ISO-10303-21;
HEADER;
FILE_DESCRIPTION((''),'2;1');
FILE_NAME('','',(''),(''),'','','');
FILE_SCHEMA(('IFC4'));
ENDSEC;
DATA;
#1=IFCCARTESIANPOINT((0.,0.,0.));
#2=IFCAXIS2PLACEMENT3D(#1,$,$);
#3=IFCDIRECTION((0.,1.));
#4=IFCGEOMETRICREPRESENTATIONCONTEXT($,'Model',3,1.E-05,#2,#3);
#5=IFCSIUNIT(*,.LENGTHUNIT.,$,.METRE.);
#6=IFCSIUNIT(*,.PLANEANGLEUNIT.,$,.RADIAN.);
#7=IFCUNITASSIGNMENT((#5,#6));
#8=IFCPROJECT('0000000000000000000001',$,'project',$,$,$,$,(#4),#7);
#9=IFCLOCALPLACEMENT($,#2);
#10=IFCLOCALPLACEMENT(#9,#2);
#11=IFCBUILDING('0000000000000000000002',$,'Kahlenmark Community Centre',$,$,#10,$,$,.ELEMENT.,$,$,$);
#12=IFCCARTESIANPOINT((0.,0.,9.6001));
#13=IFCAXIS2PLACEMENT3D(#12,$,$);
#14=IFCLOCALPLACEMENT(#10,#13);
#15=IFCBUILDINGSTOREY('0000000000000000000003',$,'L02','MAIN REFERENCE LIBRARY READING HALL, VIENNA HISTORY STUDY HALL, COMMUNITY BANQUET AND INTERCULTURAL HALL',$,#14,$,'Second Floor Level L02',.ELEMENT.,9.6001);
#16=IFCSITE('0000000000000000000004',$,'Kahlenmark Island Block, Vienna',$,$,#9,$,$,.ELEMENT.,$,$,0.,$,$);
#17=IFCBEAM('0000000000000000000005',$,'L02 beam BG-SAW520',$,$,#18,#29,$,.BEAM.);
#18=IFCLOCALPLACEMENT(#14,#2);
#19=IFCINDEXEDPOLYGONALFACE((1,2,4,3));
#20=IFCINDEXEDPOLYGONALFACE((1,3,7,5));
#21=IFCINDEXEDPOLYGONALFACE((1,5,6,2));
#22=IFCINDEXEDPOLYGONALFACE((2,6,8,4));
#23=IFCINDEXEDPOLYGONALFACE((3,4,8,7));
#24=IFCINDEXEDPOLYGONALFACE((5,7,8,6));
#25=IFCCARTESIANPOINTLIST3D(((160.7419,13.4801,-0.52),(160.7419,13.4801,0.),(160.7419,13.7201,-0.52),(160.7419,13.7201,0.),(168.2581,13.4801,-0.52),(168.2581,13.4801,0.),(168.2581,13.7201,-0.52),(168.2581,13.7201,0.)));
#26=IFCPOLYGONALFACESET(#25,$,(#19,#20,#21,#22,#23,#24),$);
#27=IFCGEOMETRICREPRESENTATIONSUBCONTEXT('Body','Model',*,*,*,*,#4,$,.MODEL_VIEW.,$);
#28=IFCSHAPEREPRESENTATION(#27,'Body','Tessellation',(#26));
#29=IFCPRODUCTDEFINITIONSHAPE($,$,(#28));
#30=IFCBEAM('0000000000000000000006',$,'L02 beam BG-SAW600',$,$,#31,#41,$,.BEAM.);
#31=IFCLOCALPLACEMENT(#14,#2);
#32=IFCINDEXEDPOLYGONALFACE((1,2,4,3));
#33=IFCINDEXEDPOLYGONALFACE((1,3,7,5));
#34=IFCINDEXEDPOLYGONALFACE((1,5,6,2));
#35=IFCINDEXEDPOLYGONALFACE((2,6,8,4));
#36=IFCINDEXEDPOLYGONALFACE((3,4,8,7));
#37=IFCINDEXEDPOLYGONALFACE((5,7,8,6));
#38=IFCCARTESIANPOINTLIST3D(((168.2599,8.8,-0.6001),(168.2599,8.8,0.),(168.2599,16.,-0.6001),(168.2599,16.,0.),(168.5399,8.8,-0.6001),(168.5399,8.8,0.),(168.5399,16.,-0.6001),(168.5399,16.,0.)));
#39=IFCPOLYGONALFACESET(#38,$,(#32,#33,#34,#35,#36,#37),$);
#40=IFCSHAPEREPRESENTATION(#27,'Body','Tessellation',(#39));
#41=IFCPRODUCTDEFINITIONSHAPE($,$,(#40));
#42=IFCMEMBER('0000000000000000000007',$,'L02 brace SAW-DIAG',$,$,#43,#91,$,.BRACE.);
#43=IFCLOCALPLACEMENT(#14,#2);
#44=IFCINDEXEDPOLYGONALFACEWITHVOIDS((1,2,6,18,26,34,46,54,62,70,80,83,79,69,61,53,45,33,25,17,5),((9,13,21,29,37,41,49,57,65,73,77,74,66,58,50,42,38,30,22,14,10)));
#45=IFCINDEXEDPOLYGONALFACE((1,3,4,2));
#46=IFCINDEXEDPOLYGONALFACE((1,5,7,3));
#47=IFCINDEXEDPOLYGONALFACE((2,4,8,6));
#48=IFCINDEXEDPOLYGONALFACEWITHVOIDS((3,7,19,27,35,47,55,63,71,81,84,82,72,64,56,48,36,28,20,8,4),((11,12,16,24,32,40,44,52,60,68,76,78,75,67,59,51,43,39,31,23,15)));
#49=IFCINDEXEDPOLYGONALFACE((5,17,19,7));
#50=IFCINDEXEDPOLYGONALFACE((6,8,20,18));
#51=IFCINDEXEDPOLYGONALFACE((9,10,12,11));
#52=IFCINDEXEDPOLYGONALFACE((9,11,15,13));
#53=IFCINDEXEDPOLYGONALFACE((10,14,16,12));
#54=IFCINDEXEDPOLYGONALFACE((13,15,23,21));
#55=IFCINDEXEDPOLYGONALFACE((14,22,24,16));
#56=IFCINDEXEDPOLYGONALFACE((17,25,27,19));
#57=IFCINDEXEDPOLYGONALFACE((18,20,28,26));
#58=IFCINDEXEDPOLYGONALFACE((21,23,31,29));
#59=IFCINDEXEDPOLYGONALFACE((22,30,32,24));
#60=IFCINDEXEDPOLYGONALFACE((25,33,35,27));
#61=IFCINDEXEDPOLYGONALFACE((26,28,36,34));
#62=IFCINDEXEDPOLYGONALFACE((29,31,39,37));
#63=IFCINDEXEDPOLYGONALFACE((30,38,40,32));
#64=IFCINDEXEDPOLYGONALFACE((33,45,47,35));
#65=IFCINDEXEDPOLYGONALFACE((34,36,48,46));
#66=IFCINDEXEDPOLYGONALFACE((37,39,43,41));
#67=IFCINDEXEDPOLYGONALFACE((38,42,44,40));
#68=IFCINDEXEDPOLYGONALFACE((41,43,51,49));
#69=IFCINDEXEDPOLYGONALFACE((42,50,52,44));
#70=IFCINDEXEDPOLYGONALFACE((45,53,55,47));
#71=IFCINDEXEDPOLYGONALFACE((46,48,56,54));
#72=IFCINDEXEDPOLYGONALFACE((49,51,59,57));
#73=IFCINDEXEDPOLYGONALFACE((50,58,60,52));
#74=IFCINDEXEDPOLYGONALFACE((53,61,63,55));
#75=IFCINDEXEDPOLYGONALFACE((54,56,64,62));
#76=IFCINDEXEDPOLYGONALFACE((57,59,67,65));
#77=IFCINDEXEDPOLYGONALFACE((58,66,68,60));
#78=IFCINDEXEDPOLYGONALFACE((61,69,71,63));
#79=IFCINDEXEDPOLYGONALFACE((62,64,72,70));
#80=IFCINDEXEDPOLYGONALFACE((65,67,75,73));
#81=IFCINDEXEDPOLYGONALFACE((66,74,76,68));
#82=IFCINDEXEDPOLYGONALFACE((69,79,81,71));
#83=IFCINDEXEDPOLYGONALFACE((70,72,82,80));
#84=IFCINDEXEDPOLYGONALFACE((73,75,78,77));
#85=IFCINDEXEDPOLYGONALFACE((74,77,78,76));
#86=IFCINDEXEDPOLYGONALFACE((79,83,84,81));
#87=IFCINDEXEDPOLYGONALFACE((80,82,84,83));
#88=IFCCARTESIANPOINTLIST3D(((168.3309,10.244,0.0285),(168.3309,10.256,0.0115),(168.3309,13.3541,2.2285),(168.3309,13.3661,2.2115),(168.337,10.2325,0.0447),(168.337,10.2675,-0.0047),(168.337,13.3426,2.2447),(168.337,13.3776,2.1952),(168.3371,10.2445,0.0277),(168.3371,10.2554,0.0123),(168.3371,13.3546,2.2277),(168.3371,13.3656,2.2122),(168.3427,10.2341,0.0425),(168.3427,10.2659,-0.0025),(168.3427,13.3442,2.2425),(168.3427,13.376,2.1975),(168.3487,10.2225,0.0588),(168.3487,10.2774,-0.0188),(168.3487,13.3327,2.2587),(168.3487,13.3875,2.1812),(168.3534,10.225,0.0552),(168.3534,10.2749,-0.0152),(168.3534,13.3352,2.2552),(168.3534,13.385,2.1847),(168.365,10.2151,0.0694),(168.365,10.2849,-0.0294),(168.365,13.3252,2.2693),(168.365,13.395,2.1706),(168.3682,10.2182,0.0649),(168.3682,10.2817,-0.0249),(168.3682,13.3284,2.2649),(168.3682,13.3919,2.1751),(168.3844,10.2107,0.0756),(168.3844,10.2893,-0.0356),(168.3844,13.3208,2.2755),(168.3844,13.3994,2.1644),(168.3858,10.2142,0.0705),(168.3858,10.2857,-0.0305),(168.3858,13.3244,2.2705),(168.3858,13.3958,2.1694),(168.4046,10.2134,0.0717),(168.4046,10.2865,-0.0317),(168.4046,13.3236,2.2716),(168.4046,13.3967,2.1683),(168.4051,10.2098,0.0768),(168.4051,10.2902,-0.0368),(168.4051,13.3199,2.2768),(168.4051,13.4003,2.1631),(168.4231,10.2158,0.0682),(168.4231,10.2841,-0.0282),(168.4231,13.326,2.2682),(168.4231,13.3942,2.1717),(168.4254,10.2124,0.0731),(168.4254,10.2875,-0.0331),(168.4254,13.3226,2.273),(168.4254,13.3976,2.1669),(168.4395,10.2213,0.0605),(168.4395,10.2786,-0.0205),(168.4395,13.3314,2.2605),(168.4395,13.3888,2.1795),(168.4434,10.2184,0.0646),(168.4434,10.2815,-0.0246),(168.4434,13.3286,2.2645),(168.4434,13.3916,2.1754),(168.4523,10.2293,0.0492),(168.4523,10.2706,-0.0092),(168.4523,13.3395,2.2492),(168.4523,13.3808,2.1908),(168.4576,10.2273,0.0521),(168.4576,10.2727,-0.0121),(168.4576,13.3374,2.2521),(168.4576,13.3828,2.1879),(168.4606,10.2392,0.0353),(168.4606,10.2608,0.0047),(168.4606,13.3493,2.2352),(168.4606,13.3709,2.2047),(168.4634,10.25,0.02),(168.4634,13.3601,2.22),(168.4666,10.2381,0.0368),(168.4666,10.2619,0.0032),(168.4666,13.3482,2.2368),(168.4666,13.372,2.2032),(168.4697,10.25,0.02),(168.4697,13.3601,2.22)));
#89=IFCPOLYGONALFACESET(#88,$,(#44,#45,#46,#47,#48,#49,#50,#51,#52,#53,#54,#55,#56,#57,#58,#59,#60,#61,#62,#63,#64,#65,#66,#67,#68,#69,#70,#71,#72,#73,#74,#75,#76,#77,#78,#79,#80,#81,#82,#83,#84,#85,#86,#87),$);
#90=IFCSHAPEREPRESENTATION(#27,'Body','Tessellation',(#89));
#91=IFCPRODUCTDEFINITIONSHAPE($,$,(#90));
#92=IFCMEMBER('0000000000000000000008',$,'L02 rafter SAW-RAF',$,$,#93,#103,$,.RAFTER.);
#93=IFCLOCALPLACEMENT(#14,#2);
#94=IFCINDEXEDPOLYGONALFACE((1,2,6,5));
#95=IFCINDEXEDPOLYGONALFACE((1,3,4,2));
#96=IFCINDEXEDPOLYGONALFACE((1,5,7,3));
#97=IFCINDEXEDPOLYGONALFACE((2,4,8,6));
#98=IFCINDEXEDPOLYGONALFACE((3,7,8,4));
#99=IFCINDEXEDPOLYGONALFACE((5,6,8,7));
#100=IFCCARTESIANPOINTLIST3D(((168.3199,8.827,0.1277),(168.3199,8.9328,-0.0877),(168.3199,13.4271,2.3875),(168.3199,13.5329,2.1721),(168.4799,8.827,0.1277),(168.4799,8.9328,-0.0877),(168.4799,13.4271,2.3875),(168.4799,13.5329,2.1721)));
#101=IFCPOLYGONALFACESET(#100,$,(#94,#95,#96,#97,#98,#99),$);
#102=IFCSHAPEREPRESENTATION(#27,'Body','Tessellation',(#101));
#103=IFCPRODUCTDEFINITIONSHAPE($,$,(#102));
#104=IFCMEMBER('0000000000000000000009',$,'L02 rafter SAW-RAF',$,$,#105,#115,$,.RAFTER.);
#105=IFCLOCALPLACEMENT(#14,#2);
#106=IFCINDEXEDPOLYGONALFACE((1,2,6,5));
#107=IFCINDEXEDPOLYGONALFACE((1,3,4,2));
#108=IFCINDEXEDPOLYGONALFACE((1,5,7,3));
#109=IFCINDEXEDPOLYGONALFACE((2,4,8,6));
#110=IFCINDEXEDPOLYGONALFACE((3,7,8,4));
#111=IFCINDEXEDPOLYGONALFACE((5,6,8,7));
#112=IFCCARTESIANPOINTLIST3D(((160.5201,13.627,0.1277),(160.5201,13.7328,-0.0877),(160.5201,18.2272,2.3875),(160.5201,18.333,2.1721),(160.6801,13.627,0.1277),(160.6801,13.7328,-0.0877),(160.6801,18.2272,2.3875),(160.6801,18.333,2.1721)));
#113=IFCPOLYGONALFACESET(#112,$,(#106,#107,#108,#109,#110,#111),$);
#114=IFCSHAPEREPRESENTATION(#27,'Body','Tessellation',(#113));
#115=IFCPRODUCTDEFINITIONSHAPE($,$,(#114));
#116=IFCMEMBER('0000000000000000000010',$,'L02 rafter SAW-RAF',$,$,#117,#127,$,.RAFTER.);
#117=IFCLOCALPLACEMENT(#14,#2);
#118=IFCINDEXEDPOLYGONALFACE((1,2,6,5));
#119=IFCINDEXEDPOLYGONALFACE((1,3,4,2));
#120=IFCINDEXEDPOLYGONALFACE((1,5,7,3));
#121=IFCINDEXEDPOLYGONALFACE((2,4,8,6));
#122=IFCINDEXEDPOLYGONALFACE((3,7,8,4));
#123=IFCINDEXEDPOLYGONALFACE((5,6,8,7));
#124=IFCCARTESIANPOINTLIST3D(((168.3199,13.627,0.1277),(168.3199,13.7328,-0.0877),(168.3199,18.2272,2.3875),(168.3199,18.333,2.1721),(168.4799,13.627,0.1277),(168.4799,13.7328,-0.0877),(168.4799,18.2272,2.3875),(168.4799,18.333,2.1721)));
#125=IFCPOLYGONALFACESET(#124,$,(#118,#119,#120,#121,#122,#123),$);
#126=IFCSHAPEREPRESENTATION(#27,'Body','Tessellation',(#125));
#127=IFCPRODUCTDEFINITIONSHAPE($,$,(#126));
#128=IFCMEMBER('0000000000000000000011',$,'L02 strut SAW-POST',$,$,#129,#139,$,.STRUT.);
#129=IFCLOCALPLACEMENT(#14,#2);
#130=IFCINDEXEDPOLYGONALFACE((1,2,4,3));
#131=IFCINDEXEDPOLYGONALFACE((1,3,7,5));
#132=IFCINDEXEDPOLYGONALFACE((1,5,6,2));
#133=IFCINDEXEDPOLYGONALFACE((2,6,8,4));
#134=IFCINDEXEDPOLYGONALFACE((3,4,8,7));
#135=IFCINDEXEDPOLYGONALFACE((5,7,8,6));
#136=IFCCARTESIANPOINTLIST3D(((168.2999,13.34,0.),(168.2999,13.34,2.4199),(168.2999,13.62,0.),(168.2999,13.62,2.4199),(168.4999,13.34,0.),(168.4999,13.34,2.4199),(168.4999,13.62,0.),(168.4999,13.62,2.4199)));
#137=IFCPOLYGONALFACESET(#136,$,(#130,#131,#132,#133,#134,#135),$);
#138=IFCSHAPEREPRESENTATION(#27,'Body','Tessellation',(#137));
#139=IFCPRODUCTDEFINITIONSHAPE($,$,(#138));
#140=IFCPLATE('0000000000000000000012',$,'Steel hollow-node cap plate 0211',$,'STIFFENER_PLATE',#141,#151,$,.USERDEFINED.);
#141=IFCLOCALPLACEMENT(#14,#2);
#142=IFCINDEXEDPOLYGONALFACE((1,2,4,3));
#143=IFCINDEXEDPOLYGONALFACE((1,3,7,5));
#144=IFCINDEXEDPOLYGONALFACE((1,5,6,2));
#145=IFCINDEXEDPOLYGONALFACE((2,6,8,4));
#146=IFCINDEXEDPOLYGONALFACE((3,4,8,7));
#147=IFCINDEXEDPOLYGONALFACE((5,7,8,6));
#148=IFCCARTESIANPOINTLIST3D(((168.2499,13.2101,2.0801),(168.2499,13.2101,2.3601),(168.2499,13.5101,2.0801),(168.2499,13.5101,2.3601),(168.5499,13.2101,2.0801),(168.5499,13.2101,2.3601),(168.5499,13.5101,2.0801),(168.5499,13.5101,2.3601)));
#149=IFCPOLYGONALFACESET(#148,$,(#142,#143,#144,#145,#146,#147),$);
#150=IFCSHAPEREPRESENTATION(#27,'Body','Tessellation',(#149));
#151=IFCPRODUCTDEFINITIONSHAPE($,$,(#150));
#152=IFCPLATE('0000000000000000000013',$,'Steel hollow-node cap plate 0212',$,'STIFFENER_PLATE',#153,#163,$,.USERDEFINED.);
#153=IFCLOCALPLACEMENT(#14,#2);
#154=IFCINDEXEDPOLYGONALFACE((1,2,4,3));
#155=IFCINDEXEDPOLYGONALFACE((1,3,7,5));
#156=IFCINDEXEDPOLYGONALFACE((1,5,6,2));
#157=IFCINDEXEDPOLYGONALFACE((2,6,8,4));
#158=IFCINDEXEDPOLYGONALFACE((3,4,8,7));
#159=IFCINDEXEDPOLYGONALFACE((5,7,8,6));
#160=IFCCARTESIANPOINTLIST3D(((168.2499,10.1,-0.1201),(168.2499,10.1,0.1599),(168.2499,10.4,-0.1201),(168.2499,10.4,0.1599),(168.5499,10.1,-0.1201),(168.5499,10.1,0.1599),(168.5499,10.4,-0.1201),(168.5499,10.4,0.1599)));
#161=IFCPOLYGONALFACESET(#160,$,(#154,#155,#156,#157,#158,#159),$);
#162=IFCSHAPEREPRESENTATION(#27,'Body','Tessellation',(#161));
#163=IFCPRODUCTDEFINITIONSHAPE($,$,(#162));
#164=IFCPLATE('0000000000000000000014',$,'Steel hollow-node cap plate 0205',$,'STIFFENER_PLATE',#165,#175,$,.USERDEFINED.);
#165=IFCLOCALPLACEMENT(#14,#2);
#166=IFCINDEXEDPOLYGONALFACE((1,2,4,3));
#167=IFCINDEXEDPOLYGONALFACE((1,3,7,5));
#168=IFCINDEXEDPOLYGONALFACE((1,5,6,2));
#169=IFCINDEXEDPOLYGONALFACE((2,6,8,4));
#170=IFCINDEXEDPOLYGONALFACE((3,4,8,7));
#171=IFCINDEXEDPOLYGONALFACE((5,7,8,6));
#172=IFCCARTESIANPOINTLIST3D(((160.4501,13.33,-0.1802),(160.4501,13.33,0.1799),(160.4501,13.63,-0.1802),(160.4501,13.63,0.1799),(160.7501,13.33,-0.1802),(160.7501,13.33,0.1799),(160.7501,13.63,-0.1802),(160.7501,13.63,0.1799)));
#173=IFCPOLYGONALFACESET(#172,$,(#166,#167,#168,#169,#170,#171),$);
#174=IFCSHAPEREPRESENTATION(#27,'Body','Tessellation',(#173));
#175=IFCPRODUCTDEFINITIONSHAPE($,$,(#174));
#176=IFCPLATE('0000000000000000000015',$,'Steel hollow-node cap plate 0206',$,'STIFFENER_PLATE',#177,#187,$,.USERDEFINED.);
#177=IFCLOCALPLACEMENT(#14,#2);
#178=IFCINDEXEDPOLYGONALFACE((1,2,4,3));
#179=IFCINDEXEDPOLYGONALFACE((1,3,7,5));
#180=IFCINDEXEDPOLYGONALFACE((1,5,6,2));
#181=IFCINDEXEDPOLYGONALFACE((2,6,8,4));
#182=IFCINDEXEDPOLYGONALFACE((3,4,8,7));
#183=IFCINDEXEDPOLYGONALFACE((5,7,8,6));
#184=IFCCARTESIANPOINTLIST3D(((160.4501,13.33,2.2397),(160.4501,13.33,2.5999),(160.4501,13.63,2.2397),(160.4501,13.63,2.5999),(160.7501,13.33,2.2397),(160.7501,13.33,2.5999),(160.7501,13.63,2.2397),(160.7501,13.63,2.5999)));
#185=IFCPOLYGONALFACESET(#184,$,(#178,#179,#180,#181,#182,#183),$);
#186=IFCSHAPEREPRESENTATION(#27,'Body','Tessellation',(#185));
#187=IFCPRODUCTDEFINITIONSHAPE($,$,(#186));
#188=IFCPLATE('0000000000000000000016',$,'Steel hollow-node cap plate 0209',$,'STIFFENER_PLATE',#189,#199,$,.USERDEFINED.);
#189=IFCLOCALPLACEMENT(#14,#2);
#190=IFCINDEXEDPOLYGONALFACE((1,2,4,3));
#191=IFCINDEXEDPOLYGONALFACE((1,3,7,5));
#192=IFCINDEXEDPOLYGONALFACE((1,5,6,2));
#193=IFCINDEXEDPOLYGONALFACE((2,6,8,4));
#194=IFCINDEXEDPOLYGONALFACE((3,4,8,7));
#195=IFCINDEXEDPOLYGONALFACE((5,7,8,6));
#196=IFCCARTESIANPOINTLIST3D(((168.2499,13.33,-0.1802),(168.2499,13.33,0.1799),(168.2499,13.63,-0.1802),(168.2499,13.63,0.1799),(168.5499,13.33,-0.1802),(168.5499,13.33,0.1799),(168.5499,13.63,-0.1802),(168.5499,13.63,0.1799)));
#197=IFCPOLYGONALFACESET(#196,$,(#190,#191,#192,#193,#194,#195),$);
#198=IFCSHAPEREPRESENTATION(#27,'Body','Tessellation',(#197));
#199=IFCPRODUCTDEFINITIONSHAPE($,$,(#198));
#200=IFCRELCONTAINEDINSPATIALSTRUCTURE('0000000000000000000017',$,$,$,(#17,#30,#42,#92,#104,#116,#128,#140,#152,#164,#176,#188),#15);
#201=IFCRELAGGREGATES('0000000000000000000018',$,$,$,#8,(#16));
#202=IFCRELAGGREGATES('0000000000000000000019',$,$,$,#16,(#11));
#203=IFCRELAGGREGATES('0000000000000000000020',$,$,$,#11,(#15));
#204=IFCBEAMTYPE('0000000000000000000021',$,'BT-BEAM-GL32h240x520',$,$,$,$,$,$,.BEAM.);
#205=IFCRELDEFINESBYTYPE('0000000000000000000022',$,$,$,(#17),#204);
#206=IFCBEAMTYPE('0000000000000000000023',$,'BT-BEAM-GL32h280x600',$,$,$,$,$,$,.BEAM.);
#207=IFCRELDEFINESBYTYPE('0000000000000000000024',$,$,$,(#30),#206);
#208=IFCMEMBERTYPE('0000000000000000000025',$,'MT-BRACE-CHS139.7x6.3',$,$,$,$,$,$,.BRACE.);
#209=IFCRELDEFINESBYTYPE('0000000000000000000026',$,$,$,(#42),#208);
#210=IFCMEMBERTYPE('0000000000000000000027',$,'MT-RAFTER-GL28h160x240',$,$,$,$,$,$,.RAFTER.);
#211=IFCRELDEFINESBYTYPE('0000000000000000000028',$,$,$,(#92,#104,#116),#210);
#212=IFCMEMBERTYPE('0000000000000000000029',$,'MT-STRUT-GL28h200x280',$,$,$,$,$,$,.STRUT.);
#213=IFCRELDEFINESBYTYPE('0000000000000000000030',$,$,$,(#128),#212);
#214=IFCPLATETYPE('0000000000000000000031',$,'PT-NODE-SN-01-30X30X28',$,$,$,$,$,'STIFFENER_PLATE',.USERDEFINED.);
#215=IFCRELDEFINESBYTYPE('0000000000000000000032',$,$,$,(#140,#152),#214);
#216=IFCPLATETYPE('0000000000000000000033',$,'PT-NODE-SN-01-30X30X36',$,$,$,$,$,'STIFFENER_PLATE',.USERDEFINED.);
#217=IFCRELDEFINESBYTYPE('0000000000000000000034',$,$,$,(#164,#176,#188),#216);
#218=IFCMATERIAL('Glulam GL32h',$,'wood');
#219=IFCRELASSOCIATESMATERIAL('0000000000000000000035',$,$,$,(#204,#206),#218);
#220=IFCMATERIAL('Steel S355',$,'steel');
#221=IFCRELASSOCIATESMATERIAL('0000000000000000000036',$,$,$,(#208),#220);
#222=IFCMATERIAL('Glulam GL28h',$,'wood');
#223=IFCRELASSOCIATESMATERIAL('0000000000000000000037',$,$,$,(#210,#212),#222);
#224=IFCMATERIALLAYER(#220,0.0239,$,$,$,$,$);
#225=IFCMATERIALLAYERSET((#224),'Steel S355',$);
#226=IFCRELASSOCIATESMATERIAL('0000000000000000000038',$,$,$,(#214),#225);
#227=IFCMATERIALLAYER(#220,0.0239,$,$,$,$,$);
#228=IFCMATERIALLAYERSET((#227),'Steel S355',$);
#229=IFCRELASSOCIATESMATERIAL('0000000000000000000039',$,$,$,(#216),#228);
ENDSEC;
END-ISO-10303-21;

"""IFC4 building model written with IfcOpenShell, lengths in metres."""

from ifc_helpers import new_model, si_unit, direction, frame, origin, origin_2d, place, context, subcontext, project, spatial, rectangle, hollow_circle, extrude, material, layer, layer_set, material_profile, profile_set, type_object, element, save


model = new_model("IFC4")

# Units and contexts
model_context = context("Model", 3, precision=1e-05, world=origin(), true_north=direction((0.0, 1.0)))
body_context = subcontext(model_context, "Body", "Model", "MODEL_VIEW")
ifc_project = project(units=[si_unit("LENGTHUNIT", "METRE"), si_unit("PLANEANGLEUNIT", "RADIAN")], contexts=[model_context])

# Site, building, storey
site_placement = place(None, origin())
site = spatial("IfcSite", under=ifc_project, at=site_placement, Name="Kahlenmark Island Block, Vienna", CompositionType="ELEMENT", RefElevation=0.0)
building_placement = place(site_placement, origin())
building = spatial("IfcBuilding", under=site, at=building_placement, Name="Kahlenmark Community Centre", CompositionType="ELEMENT")
storey_placement = place(building_placement, frame((0.0, 0.0, 9.6001)))
storey = spatial("IfcBuildingStorey", under=building, at=storey_placement, Name="L02", Description="MAIN REFERENCE LIBRARY READING HALL, VIENNA HISTORY STUDY HALL, COMMUNITY BANQUET AND INTERCULTURAL HALL", LongName="Second Floor Level L02", CompositionType="ELEMENT", Elevation=9.6001)

# Beams
ifc_material_1 = material(Name="Glulam GL32h", Category="wood")
ifc_material_profile_1 = material_profile(ifc_material_1, rectangle(XDim=0.24, YDim=0.52, at=origin_2d()), Name="GL32h 240x520")
ifc_profile_set_1 = profile_set([ifc_material_profile_1], Name="Glulam GL32h")
beam_type_1 = type_object("IfcBeamType", Name="BT-BEAM-GL32h240x520", PredefinedType="BEAM", material=ifc_profile_set_1)
beam_1_placement = place(storey_placement, frame((160.7419, 13.6001, -0.26), z_axis=(1.0, 0.0, 0.0), x_axis=(0.0, 1.0, 0.0)))
element("IfcBeam", 1, at=beam_1_placement, inside=storey, type_object=beam_type_1, Name="L02 beam BG-SAW520", PredefinedType="BEAM", context=body_context, shape_type="SweptSolid", body=[
    extrude(rectangle(XDim=0.24, YDim=0.52, at=origin_2d()), origin(), (0.0, 0.0, 1.0), 7.5161),
])
ifc_material_profile_2 = material_profile(ifc_material_1, rectangle(XDim=0.28, YDim=0.6001, at=origin_2d()), Name="GL32h 280x600")
ifc_profile_set_2 = profile_set([ifc_material_profile_2], Name="Glulam GL32h")
beam_type_2 = type_object("IfcBeamType", Name="BT-BEAM-GL32h280x600", PredefinedType="BEAM", material=ifc_profile_set_2)
beam_2_placement = place(storey_placement, frame((168.3999, 8.8, -0.3), z_axis=(0.0, 1.0, 0.0), x_axis=(-1.0, 0.0, 0.0)))
element("IfcBeam", 2, at=beam_2_placement, inside=storey, type_object=beam_type_2, Name="L02 beam BG-SAW600", PredefinedType="BEAM", context=body_context, shape_type="SweptSolid", body=[
    extrude(rectangle(XDim=0.28, YDim=0.6001, at=origin_2d()), origin(), (0.0, 0.0, 1.0), 7.2),
])

# Members
ifc_material_2 = material(Name="Steel S355", Category="steel")
ifc_material_profile_3 = material_profile(ifc_material_2, hollow_circle(Radius=0.0698, WallThickness=0.0063, at=origin_2d()), Name="CHS 139.7x6.3")
ifc_profile_set_3 = profile_set([ifc_material_profile_3], Name="Steel S355")
member_type_1 = type_object("IfcMemberType", Name="MT-BRACE-CHS139.7x6.3", PredefinedType="BRACE", material=ifc_profile_set_3)
member_1_placement = place(storey_placement, frame((168.3999, 13.3601, 2.22), z_axis=(0.0, -0.816401, -0.577486), x_axis=(1.0, 0.0, 0.0)))
element("IfcMember", 3, at=member_1_placement, inside=storey, type_object=member_type_1, Name="L02 brace SAW-DIAG", PredefinedType="BRACE", context=body_context, shape_type="SweptSolid", body=[
    extrude(hollow_circle(Radius=0.0698, WallThickness=0.0063, at=origin_2d()), origin(), (0.0, 0.0, 1.0), 3.8096),
])
ifc_material_3 = material(Name="Glulam GL28h", Category="wood")
ifc_material_profile_4 = material_profile(ifc_material_3, rectangle(XDim=0.1599, YDim=0.24, at=origin_2d()), Name="GL28h 160x240")
ifc_profile_set_4 = profile_set([ifc_material_profile_4], Name="Glulam GL28h")
member_type_2 = type_object("IfcMemberType", Name="MT-RAFTER-GL28h160x240", PredefinedType="RAFTER", material=ifc_profile_set_4)
for number, where, z_axis, x_axis, name in (
    (4, (168.3999, 8.8799, 0.02), (0.0, 0.897549, 0.440915), (-1.0, 0.0, 0.0), "L02 rafter SAW-RAF"),
    (5, (160.6001, 13.6799, 0.02), (0.0, 0.897549, 0.440915), (-1.0, 0.0, 0.0), "L02 rafter SAW-RAF"),
    (6, (168.3999, 13.6799, 0.02), (0.0, 0.897549, 0.440915), (-1.0, 0.0, 0.0), "L02 rafter SAW-RAF"),
):
    element("IfcMember", number, at=place(storey_placement, frame(where, z_axis=z_axis, x_axis=x_axis)), inside=storey, type_object=member_type_2, Name=name, PredefinedType="RAFTER", context=body_context, shape_type="SweptSolid", body=[
        extrude(rectangle(XDim=0.1599, YDim=0.24, at=origin_2d()), origin(), (0.0, 0.0, 1.0), 5.1252),
    ])
ifc_material_profile_5 = material_profile(ifc_material_3, rectangle(XDim=0.2, YDim=0.28, at=origin_2d()), Name="GL28h 200x280")
ifc_profile_set_5 = profile_set([ifc_material_profile_5], Name="Glulam GL28h")
member_type_3 = type_object("IfcMemberType", Name="MT-STRUT-GL28h200x280", PredefinedType="STRUT", material=ifc_profile_set_5)
member_2_placement = place(storey_placement, frame((168.3999, 13.48, 0.0), z_axis=(0.0, 0.0, 1.0), x_axis=(1.0, 0.0, 0.0)))
element("IfcMember", 7, at=member_2_placement, inside=storey, type_object=member_type_3, Name="L02 strut SAW-POST", PredefinedType="STRUT", context=body_context, shape_type="SweptSolid", body=[
    extrude(rectangle(XDim=0.2, YDim=0.28, at=origin_2d()), origin(), (0.0, 0.0, 1.0), 2.4199),
])

# Plates
ifc_layer_1 = layer(ifc_material_2, 0.0239)
ifc_layer_set_1 = layer_set([ifc_layer_1], Name="Steel S355")
plate_type_1 = type_object("IfcPlateType", Name="PT-NODE-SN-01-30X30X28", ElementType="STIFFENER_PLATE", PredefinedType="USERDEFINED", material=ifc_layer_set_1)
for number, where, z_axis, x_axis, name in (
    (8, (168.3999, 13.3601, 2.0801), (0.0, 0.0, 1.0), (1.0, 0.0, 0.0), "Steel hollow-node cap plate 0211"),
    (9, (168.3999, 10.25, -0.1201), (0.0, 0.0, 1.0), (1.0, 0.0, 0.0), "Steel hollow-node cap plate 0212"),
):
    element("IfcPlate", number, at=place(storey_placement, frame(where, z_axis=z_axis, x_axis=x_axis)), inside=storey, type_object=plate_type_1, Name=name, ObjectType="STIFFENER_PLATE", PredefinedType="USERDEFINED", context=body_context, shape_type="SweptSolid", body=[
        extrude(rectangle(XDim=0.3, YDim=0.3, at=origin_2d()), origin(), (0.0, 0.0, 1.0), 0.28),
    ])
ifc_layer_2 = layer(ifc_material_2, 0.0239)
ifc_layer_set_2 = layer_set([ifc_layer_2], Name="Steel S355")
plate_type_2 = type_object("IfcPlateType", Name="PT-NODE-SN-01-30X30X36", ElementType="STIFFENER_PLATE", PredefinedType="USERDEFINED", material=ifc_layer_set_2)
for number, where, z_axis, x_axis, name in (
    (10, (160.6001, 13.48, -0.1802), (0.0, 0.0, 1.0), (1.0, 0.0, 0.0), "Steel hollow-node cap plate 0205"),
    (11, (160.6001, 13.48, 2.2397), (0.0, 0.0, 1.0), (1.0, 0.0, 0.0), "Steel hollow-node cap plate 0206"),
    (12, (168.3999, 13.48, -0.1802), (0.0, 0.0, 1.0), (1.0, 0.0, 0.0), "Steel hollow-node cap plate 0209"),
):
    element("IfcPlate", number, at=place(storey_placement, frame(where, z_axis=z_axis, x_axis=x_axis)), inside=storey, type_object=plate_type_2, Name=name, ObjectType="STIFFENER_PLATE", PredefinedType="USERDEFINED", context=body_context, shape_type="SweptSolid", body=[
        extrude(rectangle(XDim=0.3, YDim=0.3, at=origin_2d()), origin(), (0.0, 0.0, 1.0), 0.3601),
    ])

save(model, "model.ifc")
